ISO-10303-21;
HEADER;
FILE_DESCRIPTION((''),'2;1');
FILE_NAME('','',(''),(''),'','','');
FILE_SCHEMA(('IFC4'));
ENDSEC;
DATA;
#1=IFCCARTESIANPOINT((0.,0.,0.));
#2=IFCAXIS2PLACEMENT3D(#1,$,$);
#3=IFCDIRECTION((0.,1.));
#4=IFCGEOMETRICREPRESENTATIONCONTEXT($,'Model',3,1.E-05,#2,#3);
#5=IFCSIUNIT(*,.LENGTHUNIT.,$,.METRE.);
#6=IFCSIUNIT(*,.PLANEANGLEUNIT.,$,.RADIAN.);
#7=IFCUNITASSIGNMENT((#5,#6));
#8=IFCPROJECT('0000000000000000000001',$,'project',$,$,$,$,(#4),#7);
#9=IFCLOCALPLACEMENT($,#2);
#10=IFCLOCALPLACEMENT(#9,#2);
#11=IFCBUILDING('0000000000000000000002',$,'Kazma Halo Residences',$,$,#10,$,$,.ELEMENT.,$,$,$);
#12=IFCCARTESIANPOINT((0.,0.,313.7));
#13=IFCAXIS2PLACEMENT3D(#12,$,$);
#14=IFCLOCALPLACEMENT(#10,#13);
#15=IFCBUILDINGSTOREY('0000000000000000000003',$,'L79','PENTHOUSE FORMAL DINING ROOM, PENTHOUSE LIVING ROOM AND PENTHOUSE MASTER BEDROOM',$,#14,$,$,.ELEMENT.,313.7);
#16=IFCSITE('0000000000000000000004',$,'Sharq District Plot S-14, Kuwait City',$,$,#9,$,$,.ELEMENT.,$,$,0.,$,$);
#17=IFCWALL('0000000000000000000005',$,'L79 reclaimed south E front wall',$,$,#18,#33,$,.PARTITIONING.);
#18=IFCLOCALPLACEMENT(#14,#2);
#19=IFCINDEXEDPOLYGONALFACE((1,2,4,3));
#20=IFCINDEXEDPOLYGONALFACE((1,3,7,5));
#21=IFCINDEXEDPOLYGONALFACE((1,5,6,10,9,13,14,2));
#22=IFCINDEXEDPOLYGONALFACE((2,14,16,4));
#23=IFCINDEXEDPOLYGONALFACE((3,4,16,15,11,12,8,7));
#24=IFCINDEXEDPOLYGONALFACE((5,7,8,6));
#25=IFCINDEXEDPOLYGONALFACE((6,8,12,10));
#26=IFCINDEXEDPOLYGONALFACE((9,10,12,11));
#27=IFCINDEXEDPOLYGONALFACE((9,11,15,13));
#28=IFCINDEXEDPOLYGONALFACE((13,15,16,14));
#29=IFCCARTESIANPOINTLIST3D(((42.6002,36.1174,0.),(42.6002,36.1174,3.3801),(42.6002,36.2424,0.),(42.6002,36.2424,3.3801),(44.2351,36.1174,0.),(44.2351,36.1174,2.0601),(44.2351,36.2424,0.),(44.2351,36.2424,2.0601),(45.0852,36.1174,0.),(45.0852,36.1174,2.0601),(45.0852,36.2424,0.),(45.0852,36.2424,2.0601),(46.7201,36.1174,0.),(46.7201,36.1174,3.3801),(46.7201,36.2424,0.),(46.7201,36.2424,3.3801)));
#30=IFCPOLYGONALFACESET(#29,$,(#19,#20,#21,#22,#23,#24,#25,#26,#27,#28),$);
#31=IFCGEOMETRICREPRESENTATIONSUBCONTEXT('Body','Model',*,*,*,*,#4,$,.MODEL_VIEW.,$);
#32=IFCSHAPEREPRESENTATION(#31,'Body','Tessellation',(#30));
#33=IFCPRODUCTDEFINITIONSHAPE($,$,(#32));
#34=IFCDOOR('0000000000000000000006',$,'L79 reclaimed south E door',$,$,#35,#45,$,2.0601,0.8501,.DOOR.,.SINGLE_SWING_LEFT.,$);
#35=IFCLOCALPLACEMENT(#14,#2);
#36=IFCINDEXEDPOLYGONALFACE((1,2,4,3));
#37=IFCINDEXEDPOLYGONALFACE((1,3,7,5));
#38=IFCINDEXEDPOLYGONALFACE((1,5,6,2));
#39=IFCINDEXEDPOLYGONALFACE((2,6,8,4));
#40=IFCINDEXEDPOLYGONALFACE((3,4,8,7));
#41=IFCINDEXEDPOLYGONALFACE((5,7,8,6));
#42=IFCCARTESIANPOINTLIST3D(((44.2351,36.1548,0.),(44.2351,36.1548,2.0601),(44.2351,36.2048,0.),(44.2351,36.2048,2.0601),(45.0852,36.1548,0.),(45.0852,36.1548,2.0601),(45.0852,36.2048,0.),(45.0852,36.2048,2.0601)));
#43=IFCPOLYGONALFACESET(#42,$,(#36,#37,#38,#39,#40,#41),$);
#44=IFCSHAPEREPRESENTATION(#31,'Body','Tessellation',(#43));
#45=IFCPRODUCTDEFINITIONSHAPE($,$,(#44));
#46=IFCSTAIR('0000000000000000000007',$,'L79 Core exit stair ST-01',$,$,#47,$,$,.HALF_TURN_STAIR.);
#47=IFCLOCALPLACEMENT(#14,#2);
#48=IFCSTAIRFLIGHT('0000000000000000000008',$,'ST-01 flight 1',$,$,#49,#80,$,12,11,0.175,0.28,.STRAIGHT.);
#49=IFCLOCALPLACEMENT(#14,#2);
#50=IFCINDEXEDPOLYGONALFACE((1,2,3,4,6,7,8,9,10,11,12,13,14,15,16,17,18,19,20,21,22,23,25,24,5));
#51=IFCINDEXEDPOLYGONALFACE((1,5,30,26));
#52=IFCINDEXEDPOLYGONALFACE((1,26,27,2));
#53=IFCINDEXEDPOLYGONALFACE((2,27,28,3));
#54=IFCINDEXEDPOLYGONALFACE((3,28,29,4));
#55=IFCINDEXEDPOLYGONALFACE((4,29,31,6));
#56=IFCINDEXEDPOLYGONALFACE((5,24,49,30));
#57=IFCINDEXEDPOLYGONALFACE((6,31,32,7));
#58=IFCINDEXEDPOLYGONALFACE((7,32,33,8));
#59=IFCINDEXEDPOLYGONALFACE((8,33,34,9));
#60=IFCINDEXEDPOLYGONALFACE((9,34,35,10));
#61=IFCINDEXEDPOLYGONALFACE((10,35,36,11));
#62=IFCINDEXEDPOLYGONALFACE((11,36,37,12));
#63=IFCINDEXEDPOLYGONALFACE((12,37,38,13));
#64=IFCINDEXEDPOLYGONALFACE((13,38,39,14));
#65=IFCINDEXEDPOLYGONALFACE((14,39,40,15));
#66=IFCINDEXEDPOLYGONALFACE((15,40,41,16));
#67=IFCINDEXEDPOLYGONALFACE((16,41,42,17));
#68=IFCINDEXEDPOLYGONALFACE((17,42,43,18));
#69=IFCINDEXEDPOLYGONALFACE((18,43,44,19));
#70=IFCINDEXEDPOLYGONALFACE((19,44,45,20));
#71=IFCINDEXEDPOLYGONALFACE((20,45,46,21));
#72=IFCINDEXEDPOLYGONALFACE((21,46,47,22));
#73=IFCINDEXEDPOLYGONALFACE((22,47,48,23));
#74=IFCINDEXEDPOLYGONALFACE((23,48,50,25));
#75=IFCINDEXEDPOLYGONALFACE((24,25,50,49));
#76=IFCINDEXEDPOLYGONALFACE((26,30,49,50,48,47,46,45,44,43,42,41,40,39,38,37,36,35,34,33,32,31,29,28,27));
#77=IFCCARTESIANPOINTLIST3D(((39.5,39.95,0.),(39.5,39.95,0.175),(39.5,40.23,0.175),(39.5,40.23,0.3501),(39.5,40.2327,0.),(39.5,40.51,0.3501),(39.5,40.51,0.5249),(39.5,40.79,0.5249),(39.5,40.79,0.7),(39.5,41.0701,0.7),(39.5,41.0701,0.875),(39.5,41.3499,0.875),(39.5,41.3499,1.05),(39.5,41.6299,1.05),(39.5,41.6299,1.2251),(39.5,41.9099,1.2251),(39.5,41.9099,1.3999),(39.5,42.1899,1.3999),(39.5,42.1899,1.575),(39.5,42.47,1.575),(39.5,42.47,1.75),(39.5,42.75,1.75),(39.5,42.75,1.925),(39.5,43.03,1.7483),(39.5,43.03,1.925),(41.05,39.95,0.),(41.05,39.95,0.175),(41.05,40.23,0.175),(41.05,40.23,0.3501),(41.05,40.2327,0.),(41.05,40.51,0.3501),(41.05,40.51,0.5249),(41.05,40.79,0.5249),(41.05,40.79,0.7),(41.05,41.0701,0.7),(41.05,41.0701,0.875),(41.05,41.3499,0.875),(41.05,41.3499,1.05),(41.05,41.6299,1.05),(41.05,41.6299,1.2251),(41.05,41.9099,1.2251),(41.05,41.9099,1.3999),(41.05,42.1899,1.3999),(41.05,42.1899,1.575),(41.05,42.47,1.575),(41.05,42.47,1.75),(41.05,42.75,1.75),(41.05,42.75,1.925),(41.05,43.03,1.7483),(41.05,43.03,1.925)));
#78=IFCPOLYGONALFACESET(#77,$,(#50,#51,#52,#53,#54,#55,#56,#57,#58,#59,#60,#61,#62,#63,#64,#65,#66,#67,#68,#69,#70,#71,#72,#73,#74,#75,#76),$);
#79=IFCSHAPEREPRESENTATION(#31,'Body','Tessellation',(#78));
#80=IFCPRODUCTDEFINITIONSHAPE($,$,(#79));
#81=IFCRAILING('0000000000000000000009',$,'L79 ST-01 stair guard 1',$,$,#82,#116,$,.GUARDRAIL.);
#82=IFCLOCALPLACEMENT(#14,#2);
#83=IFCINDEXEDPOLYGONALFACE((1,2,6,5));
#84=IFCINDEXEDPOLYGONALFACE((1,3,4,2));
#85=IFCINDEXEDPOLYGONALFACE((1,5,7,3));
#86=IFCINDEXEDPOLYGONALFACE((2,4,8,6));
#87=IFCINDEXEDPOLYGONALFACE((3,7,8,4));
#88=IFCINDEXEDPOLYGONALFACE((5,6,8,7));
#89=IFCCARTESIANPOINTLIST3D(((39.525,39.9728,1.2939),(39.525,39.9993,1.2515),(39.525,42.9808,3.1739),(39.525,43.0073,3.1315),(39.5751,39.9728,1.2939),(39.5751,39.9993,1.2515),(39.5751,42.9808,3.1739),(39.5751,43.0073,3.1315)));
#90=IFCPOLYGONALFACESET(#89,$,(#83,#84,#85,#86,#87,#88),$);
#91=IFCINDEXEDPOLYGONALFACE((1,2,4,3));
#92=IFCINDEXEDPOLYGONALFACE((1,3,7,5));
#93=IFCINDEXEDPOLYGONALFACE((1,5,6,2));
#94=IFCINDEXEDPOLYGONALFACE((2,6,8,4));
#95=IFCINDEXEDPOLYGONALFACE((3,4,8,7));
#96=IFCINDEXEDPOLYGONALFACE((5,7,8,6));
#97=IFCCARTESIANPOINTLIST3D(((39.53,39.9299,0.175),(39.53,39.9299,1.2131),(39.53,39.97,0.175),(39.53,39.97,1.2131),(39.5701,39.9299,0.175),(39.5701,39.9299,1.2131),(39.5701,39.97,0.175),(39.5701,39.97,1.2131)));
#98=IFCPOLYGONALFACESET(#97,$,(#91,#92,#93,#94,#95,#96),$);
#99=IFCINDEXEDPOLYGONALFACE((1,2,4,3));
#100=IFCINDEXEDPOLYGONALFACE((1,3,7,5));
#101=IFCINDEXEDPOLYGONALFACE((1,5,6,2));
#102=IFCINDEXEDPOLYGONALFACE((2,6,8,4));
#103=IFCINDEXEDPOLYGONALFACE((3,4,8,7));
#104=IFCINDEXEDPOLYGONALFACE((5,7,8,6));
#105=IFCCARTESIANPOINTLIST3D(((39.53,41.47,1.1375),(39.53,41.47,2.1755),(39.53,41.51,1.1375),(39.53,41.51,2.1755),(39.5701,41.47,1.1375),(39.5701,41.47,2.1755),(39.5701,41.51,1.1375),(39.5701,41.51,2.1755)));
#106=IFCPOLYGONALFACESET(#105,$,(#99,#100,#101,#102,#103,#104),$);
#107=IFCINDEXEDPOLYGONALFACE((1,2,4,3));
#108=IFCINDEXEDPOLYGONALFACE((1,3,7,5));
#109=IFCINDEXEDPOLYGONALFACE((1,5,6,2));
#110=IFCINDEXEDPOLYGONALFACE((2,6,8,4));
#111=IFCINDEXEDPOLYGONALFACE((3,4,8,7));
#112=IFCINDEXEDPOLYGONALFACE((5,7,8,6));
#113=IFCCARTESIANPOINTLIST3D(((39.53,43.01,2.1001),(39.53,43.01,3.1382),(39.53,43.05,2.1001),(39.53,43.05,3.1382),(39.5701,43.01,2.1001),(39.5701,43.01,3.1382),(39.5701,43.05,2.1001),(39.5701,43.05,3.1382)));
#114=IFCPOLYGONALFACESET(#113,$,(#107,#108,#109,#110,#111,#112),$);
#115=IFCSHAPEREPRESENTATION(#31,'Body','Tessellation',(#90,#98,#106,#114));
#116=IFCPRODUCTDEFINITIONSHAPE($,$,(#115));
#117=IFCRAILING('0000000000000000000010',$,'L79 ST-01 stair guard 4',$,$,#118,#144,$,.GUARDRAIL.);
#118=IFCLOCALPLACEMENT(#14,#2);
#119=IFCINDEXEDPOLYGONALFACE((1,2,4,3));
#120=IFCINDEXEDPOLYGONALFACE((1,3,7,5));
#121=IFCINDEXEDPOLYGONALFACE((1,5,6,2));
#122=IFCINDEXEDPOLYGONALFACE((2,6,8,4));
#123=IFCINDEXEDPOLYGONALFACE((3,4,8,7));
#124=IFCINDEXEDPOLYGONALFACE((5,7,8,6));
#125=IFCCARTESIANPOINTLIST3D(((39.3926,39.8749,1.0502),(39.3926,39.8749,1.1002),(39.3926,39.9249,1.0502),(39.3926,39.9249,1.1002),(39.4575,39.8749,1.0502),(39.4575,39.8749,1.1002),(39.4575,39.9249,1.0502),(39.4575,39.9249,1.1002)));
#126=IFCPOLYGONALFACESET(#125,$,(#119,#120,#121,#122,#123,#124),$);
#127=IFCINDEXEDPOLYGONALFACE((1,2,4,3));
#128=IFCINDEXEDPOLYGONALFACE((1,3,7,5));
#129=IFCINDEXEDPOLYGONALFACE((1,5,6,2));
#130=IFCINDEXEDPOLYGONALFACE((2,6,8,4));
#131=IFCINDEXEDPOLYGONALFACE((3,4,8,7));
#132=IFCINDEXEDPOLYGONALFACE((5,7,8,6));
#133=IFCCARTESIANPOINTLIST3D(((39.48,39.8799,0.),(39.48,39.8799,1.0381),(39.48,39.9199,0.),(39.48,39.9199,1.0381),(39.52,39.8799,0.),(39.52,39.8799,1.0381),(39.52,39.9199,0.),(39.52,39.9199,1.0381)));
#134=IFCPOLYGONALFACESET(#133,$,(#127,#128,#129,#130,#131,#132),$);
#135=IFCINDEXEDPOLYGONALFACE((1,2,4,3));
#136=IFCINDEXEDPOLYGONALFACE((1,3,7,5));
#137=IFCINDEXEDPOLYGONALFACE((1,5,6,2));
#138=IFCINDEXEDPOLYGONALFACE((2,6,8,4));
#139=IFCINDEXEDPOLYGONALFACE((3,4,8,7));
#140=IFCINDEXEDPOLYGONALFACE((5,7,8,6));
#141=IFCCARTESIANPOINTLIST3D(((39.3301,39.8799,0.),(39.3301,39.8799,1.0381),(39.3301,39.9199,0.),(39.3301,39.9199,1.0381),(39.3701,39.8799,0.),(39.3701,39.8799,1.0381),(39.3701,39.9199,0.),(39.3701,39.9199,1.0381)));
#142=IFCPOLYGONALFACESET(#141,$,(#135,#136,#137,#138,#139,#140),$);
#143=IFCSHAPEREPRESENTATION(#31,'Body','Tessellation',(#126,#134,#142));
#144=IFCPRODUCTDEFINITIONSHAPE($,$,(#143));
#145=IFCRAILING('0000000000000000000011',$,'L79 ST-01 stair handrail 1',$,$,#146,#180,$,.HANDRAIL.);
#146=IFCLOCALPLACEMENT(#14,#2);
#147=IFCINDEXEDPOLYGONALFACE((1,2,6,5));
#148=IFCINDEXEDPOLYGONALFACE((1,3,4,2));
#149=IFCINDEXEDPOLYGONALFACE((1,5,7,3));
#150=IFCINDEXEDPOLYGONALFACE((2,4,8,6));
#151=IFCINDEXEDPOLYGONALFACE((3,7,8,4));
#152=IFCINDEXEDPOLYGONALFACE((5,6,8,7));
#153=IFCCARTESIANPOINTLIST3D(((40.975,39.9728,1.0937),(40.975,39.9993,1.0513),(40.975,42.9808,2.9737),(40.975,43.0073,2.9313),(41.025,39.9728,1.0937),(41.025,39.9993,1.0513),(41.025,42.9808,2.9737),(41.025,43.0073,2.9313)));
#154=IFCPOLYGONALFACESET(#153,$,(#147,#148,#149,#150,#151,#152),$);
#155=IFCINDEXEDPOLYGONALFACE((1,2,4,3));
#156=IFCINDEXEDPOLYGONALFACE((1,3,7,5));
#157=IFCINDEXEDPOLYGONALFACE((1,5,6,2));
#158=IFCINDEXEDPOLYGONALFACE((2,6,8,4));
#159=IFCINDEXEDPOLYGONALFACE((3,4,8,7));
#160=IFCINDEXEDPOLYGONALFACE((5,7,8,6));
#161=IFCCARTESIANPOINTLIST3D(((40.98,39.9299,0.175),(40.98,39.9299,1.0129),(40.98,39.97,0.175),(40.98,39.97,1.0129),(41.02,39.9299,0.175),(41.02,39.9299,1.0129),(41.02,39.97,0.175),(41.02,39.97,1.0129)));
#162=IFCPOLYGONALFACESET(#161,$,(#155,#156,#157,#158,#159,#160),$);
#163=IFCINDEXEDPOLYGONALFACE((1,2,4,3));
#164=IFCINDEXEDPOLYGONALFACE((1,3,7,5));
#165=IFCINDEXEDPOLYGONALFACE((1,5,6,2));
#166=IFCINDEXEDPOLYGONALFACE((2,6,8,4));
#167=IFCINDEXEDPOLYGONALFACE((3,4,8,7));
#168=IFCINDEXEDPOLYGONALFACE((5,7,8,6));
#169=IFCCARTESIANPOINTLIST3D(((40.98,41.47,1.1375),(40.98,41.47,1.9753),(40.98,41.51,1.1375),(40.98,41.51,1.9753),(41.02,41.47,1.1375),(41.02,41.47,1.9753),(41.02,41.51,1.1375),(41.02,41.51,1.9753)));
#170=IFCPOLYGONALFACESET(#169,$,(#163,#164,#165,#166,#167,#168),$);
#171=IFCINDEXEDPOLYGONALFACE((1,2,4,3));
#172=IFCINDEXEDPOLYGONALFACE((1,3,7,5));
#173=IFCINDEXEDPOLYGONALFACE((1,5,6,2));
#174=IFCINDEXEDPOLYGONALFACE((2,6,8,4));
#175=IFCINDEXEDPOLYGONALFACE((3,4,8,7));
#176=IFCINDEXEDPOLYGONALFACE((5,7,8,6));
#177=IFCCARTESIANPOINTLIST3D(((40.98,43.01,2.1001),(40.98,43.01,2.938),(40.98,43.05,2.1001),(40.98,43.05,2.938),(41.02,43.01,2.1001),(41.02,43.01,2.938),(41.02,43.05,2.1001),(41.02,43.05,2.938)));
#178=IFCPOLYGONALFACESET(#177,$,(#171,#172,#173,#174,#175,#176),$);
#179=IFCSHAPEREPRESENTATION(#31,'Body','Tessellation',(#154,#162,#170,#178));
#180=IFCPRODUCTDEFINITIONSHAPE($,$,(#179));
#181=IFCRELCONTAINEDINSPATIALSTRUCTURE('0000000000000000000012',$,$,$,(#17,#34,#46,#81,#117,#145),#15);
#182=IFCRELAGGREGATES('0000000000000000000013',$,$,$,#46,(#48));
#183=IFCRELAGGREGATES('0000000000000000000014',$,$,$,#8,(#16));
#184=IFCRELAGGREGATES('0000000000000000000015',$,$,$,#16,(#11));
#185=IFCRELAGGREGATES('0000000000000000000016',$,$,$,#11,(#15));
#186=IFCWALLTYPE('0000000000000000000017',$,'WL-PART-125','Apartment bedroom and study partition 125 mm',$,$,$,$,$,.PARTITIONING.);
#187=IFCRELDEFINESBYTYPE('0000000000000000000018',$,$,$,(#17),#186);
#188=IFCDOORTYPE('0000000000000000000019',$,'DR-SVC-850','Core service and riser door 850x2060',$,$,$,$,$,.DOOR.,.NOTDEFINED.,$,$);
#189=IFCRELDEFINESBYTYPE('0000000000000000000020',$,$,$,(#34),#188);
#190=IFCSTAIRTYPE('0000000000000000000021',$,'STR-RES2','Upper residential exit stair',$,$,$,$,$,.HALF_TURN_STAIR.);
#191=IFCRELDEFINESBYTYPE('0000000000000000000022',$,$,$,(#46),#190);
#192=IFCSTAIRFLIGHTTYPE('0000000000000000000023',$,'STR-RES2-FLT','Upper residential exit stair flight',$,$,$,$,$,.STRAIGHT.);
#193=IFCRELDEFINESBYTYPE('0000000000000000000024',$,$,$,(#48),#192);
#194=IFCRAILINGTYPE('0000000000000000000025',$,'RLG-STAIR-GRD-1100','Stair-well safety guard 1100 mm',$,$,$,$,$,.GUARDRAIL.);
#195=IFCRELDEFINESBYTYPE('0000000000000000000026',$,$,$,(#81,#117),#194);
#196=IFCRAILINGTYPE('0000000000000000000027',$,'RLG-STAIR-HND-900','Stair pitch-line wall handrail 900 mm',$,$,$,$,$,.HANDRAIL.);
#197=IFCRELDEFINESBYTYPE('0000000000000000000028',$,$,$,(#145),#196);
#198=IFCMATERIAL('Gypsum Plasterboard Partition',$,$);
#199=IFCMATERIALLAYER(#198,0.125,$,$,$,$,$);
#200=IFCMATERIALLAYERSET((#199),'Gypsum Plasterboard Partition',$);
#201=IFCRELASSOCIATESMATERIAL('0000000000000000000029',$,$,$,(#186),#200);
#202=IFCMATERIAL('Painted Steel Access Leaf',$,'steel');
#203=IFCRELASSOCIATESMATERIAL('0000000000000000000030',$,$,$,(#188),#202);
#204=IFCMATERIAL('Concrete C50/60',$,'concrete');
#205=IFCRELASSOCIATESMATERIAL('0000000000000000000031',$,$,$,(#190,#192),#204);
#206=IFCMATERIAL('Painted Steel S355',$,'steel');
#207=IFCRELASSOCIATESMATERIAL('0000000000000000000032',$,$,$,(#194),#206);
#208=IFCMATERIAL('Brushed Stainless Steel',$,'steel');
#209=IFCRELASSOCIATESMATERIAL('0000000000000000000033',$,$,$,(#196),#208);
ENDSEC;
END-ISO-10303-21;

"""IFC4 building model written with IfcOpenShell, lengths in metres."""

from ifc_helpers import new_model, si_unit, direction, frame, frame_2d, origin, origin_2d, place, context, subcontext, project, spatial, polyline, rectangle, outline, extrude, material, layer, layer_set, type_object, element, fill, aggregate, save


model = new_model("IFC4")

# Units and contexts
model_context = context("Model", 3, precision=1e-05, world=origin(), true_north=direction((0.0, 1.0)))
body_context = subcontext(model_context, "Body", "Model", "MODEL_VIEW")
ifc_project = project(units=[si_unit("LENGTHUNIT", "METRE"), si_unit("PLANEANGLEUNIT", "RADIAN")], contexts=[model_context])

# Site, building, storey
site_placement = place(None, origin())
site = spatial("IfcSite", under=ifc_project, at=site_placement, Name="Sharq District Plot S-14, Kuwait City", CompositionType="ELEMENT", RefElevation=0.0)
building_placement = place(site_placement, origin())
building = spatial("IfcBuilding", under=site, at=building_placement, Name="Kazma Halo Residences", CompositionType="ELEMENT")
storey_placement = place(building_placement, frame((0.0, 0.0, 313.7)))
storey = spatial("IfcBuildingStorey", under=building, at=storey_placement, Name="L79", Description="PENTHOUSE FORMAL DINING ROOM, PENTHOUSE LIVING ROOM AND PENTHOUSE MASTER BEDROOM", CompositionType="ELEMENT", Elevation=313.7)

# Shared definitions
ifc_material_1 = material(Name="Gypsum Plasterboard Partition")
ifc_layer_1 = layer(ifc_material_1, 0.125)
ifc_layer_set_1 = layer_set([ifc_layer_1], Name="Gypsum Plasterboard Partition")
wall_type_1 = type_object("IfcWallType", Name="WL-PART-125", Description="Apartment bedroom and study partition 125 mm", PredefinedType="PARTITIONING", material=ifc_layer_set_1)

# Wall, opening, door
ifc_material_2 = material(Name="Painted Steel Access Leaf", Category="steel")
door_type_1 = type_object("IfcDoorType", Name="DR-SVC-850", Description="Core service and riser door 850x2060", OperationType="NOTDEFINED", PredefinedType="DOOR", material=ifc_material_2)
wall_1_placement = place(storey_placement, frame((42.6001, 36.1799, 0.0), z_axis=(0.0, 0.0, 1.0), x_axis=(1.0, 0.0, 0.0)))
wall_1 = element("IfcWall", 1, at=wall_1_placement, inside=storey, type_object=wall_type_1, Name="L79 reclaimed south E front wall", PredefinedType="PARTITIONING", context=body_context, shape_type="SweptSolid", body=[
    extrude(rectangle(XDim=4.1199, YDim=0.125, at=frame_2d((2.0601, 0.0))), origin(), (0.0, 0.0, 1.0), 3.3801),
])
opening_1_placement = place(wall_1_placement, frame((1.635, 0.0, 0.0)))
opening_1 = element("IfcOpeningElement", 2, at=opening_1_placement, cuts=wall_1, PredefinedType="OPENING", context=body_context, shape_type="SweptSolid", body=[
    extrude(rectangle(XDim=0.8501, YDim=2.0601, at=frame_2d((0.425, 1.03))), frame((0.0, 0.0725, 0.0), z_axis=(0.0, -1.0, 0.0), x_axis=(1.0, 0.0, 0.0)), (0.0, 0.0, 1.0), 0.145),
])
door_1_placement = place(opening_1_placement, origin())
door_1 = element("IfcDoor", 3, at=door_1_placement, inside=storey, type_object=door_type_1, Name="L79 reclaimed south E door", OperationType="SINGLE_SWING_LEFT", OverallHeight=2.0601, OverallWidth=0.8501, PredefinedType="DOOR", context=body_context, shape_type="SweptSolid", body=[
    extrude(rectangle(XDim=0.8501, YDim=2.0601, at=frame_2d((0.425, 1.03))), frame((0.0, 0.0249, 0.0), z_axis=(0.0, -1.0, 0.0), x_axis=(1.0, 0.0, 0.0)), (0.0, 0.0, 1.0), 0.05),
])
fill(opening_1, door_1)
ifc_material_3 = material(Name="Concrete C50/60", Category="concrete")

# Stair, stair flight
stair_type = type_object("IfcStairType", Name="STR-RES2", Description="Upper residential exit stair", PredefinedType="HALF_TURN_STAIR", material=ifc_material_3)
stair_placement = place(storey_placement, origin())
stair = element("IfcStair", 4, at=stair_placement, inside=storey, type_object=stair_type, Name="L79 Core exit stair ST-01", PredefinedType="HALF_TURN_STAIR")
stair_flight_type = type_object("IfcStairFlightType", Name="STR-RES2-FLT", Description="Upper residential exit stair flight", PredefinedType="STRAIGHT", material=ifc_material_3)
stair_flight_placement = place(storey_placement, frame((40.2749, 39.95, 0.0), z_axis=(0.0, 0.0, 1.0), x_axis=(0.0, 1.0, 0.0)))
stair_flight = element("IfcStairFlight", 5, at=stair_flight_placement, type_object=stair_flight_type, Name="ST-01 flight 1", NumberOfRisers=12, NumberOfTreads=11, PredefinedType="STRAIGHT", RiserHeight=0.175, TreadLength=0.28, context=body_context, shape_type="SweptSolid", body=[
    extrude(outline(polyline([(0.0, 0.0), (0.0, 0.175), (0.28, 0.175), (0.28, 0.3501), (0.5601, 0.3501), (0.5601, 0.5249), (0.8401, 0.5249), (0.8401, 0.7), (1.1201, 0.7), (1.1201, 0.875), (1.3999, 0.875), (1.3999, 1.05), (1.6799, 1.05), (1.6799, 1.2251), (1.96, 1.2251), (1.96, 1.3999), (2.24, 1.3999), (2.24, 1.575), (2.52, 1.575), (2.52, 1.75), (2.8, 1.75), (2.8, 1.925), (3.0801, 1.925), (3.0801, 2.1001), (3.0801, 1.7483), (0.2827, 0.0), (0.0, 0.0)])), frame((0.0, 0.7749, 0.0), z_axis=(0.0, -1.0, 0.0), x_axis=(1.0, 0.0, 0.0)), (0.0, 0.0, 1.0), 1.55),
])
aggregate(stair, [stair_flight])

# Railings
ifc_material_4 = material(Name="Painted Steel S355", Category="steel")
railing_type_1 = type_object("IfcRailingType", Name="RLG-STAIR-GRD-1100", Description="Stair-well safety guard 1100 mm", PredefinedType="GUARDRAIL", material=ifc_material_4)
railing_1_placement = place(storey_placement, frame((39.55, 39.95, 0.175)))
element("IfcRailing", 6, at=railing_1_placement, inside=storey, type_object=railing_type_1, Name="L79 ST-01 stair guard 1", PredefinedType="GUARDRAIL", context=body_context, shape_type="SweptSolid", body=[
    extrude(rectangle(XDim=0.05, YDim=0.05, at=origin_2d()), frame((0.0, 0.0361, 1.0977), z_axis=(0.0, 0.847998, 0.529999), x_axis=(-1.0, 0.0, 0.0)), (0.0, 0.0, 1.0), 3.5471),
    extrude(rectangle(XDim=0.04, YDim=0.04, at=origin_2d()), origin(), (0.0, 0.0, 1.0), 1.0381),
    extrude(rectangle(XDim=0.04, YDim=0.04, at=origin_2d()), frame((0.0, 1.54, 0.9624)), (0.0, 0.0, 1.0), 1.0381),
    extrude(rectangle(XDim=0.04, YDim=0.04, at=origin_2d()), frame((0.0, 3.0801, 1.925)), (0.0, 0.0, 1.0), 1.0381),
])
railing_2_placement = place(storey_placement, frame((39.5, 39.8999, 0.0)))
element("IfcRailing", 7, at=railing_2_placement, inside=storey, type_object=railing_type_1, Name="L79 ST-01 stair guard 4", PredefinedType="GUARDRAIL", context=body_context, shape_type="SweptSolid", body=[
    extrude(rectangle(XDim=0.05, YDim=0.05, at=origin_2d()), frame((-0.0425, 0.0, 1.0752), z_axis=(-1.0, 0.0, 0.0), x_axis=(0.0, -1.0, 0.0)), (0.0, 0.0, 1.0), 0.0649),
    extrude(rectangle(XDim=0.04, YDim=0.04, at=origin_2d()), origin(), (0.0, 0.0, 1.0), 1.0381),
    extrude(rectangle(XDim=0.04, YDim=0.04, at=origin_2d()), frame((-0.1499, 0.0, 0.0)), (0.0, 0.0, 1.0), 1.0381),
])
ifc_material_5 = material(Name="Brushed Stainless Steel", Category="steel")
railing_type_2 = type_object("IfcRailingType", Name="RLG-STAIR-HND-900", Description="Stair pitch-line wall handrail 900 mm", PredefinedType="HANDRAIL", material=ifc_material_5)
railing_3_placement = place(storey_placement, frame((41.0, 39.95, 0.175)))
element("IfcRailing", 8, at=railing_3_placement, inside=storey, type_object=railing_type_2, Name="L79 ST-01 stair handrail 1", PredefinedType="HANDRAIL", context=body_context, shape_type="SweptSolid", body=[
    extrude(rectangle(XDim=0.05, YDim=0.05, at=origin_2d()), frame((0.0, 0.0361, 0.8975), z_axis=(0.0, 0.847998, 0.529999), x_axis=(-1.0, 0.0, 0.0)), (0.0, 0.0, 1.0), 3.5471),
    extrude(rectangle(XDim=0.04, YDim=0.04, at=origin_2d()), origin(), (0.0, 0.0, 1.0), 0.8379),
    extrude(rectangle(XDim=0.04, YDim=0.04, at=origin_2d()), frame((0.0, 1.54, 0.9624)), (0.0, 0.0, 1.0), 0.8379),
    extrude(rectangle(XDim=0.04, YDim=0.04, at=origin_2d()), frame((0.0, 3.0801, 1.925)), (0.0, 0.0, 1.0), 0.8379),
])

save(model, "model.ifc")
